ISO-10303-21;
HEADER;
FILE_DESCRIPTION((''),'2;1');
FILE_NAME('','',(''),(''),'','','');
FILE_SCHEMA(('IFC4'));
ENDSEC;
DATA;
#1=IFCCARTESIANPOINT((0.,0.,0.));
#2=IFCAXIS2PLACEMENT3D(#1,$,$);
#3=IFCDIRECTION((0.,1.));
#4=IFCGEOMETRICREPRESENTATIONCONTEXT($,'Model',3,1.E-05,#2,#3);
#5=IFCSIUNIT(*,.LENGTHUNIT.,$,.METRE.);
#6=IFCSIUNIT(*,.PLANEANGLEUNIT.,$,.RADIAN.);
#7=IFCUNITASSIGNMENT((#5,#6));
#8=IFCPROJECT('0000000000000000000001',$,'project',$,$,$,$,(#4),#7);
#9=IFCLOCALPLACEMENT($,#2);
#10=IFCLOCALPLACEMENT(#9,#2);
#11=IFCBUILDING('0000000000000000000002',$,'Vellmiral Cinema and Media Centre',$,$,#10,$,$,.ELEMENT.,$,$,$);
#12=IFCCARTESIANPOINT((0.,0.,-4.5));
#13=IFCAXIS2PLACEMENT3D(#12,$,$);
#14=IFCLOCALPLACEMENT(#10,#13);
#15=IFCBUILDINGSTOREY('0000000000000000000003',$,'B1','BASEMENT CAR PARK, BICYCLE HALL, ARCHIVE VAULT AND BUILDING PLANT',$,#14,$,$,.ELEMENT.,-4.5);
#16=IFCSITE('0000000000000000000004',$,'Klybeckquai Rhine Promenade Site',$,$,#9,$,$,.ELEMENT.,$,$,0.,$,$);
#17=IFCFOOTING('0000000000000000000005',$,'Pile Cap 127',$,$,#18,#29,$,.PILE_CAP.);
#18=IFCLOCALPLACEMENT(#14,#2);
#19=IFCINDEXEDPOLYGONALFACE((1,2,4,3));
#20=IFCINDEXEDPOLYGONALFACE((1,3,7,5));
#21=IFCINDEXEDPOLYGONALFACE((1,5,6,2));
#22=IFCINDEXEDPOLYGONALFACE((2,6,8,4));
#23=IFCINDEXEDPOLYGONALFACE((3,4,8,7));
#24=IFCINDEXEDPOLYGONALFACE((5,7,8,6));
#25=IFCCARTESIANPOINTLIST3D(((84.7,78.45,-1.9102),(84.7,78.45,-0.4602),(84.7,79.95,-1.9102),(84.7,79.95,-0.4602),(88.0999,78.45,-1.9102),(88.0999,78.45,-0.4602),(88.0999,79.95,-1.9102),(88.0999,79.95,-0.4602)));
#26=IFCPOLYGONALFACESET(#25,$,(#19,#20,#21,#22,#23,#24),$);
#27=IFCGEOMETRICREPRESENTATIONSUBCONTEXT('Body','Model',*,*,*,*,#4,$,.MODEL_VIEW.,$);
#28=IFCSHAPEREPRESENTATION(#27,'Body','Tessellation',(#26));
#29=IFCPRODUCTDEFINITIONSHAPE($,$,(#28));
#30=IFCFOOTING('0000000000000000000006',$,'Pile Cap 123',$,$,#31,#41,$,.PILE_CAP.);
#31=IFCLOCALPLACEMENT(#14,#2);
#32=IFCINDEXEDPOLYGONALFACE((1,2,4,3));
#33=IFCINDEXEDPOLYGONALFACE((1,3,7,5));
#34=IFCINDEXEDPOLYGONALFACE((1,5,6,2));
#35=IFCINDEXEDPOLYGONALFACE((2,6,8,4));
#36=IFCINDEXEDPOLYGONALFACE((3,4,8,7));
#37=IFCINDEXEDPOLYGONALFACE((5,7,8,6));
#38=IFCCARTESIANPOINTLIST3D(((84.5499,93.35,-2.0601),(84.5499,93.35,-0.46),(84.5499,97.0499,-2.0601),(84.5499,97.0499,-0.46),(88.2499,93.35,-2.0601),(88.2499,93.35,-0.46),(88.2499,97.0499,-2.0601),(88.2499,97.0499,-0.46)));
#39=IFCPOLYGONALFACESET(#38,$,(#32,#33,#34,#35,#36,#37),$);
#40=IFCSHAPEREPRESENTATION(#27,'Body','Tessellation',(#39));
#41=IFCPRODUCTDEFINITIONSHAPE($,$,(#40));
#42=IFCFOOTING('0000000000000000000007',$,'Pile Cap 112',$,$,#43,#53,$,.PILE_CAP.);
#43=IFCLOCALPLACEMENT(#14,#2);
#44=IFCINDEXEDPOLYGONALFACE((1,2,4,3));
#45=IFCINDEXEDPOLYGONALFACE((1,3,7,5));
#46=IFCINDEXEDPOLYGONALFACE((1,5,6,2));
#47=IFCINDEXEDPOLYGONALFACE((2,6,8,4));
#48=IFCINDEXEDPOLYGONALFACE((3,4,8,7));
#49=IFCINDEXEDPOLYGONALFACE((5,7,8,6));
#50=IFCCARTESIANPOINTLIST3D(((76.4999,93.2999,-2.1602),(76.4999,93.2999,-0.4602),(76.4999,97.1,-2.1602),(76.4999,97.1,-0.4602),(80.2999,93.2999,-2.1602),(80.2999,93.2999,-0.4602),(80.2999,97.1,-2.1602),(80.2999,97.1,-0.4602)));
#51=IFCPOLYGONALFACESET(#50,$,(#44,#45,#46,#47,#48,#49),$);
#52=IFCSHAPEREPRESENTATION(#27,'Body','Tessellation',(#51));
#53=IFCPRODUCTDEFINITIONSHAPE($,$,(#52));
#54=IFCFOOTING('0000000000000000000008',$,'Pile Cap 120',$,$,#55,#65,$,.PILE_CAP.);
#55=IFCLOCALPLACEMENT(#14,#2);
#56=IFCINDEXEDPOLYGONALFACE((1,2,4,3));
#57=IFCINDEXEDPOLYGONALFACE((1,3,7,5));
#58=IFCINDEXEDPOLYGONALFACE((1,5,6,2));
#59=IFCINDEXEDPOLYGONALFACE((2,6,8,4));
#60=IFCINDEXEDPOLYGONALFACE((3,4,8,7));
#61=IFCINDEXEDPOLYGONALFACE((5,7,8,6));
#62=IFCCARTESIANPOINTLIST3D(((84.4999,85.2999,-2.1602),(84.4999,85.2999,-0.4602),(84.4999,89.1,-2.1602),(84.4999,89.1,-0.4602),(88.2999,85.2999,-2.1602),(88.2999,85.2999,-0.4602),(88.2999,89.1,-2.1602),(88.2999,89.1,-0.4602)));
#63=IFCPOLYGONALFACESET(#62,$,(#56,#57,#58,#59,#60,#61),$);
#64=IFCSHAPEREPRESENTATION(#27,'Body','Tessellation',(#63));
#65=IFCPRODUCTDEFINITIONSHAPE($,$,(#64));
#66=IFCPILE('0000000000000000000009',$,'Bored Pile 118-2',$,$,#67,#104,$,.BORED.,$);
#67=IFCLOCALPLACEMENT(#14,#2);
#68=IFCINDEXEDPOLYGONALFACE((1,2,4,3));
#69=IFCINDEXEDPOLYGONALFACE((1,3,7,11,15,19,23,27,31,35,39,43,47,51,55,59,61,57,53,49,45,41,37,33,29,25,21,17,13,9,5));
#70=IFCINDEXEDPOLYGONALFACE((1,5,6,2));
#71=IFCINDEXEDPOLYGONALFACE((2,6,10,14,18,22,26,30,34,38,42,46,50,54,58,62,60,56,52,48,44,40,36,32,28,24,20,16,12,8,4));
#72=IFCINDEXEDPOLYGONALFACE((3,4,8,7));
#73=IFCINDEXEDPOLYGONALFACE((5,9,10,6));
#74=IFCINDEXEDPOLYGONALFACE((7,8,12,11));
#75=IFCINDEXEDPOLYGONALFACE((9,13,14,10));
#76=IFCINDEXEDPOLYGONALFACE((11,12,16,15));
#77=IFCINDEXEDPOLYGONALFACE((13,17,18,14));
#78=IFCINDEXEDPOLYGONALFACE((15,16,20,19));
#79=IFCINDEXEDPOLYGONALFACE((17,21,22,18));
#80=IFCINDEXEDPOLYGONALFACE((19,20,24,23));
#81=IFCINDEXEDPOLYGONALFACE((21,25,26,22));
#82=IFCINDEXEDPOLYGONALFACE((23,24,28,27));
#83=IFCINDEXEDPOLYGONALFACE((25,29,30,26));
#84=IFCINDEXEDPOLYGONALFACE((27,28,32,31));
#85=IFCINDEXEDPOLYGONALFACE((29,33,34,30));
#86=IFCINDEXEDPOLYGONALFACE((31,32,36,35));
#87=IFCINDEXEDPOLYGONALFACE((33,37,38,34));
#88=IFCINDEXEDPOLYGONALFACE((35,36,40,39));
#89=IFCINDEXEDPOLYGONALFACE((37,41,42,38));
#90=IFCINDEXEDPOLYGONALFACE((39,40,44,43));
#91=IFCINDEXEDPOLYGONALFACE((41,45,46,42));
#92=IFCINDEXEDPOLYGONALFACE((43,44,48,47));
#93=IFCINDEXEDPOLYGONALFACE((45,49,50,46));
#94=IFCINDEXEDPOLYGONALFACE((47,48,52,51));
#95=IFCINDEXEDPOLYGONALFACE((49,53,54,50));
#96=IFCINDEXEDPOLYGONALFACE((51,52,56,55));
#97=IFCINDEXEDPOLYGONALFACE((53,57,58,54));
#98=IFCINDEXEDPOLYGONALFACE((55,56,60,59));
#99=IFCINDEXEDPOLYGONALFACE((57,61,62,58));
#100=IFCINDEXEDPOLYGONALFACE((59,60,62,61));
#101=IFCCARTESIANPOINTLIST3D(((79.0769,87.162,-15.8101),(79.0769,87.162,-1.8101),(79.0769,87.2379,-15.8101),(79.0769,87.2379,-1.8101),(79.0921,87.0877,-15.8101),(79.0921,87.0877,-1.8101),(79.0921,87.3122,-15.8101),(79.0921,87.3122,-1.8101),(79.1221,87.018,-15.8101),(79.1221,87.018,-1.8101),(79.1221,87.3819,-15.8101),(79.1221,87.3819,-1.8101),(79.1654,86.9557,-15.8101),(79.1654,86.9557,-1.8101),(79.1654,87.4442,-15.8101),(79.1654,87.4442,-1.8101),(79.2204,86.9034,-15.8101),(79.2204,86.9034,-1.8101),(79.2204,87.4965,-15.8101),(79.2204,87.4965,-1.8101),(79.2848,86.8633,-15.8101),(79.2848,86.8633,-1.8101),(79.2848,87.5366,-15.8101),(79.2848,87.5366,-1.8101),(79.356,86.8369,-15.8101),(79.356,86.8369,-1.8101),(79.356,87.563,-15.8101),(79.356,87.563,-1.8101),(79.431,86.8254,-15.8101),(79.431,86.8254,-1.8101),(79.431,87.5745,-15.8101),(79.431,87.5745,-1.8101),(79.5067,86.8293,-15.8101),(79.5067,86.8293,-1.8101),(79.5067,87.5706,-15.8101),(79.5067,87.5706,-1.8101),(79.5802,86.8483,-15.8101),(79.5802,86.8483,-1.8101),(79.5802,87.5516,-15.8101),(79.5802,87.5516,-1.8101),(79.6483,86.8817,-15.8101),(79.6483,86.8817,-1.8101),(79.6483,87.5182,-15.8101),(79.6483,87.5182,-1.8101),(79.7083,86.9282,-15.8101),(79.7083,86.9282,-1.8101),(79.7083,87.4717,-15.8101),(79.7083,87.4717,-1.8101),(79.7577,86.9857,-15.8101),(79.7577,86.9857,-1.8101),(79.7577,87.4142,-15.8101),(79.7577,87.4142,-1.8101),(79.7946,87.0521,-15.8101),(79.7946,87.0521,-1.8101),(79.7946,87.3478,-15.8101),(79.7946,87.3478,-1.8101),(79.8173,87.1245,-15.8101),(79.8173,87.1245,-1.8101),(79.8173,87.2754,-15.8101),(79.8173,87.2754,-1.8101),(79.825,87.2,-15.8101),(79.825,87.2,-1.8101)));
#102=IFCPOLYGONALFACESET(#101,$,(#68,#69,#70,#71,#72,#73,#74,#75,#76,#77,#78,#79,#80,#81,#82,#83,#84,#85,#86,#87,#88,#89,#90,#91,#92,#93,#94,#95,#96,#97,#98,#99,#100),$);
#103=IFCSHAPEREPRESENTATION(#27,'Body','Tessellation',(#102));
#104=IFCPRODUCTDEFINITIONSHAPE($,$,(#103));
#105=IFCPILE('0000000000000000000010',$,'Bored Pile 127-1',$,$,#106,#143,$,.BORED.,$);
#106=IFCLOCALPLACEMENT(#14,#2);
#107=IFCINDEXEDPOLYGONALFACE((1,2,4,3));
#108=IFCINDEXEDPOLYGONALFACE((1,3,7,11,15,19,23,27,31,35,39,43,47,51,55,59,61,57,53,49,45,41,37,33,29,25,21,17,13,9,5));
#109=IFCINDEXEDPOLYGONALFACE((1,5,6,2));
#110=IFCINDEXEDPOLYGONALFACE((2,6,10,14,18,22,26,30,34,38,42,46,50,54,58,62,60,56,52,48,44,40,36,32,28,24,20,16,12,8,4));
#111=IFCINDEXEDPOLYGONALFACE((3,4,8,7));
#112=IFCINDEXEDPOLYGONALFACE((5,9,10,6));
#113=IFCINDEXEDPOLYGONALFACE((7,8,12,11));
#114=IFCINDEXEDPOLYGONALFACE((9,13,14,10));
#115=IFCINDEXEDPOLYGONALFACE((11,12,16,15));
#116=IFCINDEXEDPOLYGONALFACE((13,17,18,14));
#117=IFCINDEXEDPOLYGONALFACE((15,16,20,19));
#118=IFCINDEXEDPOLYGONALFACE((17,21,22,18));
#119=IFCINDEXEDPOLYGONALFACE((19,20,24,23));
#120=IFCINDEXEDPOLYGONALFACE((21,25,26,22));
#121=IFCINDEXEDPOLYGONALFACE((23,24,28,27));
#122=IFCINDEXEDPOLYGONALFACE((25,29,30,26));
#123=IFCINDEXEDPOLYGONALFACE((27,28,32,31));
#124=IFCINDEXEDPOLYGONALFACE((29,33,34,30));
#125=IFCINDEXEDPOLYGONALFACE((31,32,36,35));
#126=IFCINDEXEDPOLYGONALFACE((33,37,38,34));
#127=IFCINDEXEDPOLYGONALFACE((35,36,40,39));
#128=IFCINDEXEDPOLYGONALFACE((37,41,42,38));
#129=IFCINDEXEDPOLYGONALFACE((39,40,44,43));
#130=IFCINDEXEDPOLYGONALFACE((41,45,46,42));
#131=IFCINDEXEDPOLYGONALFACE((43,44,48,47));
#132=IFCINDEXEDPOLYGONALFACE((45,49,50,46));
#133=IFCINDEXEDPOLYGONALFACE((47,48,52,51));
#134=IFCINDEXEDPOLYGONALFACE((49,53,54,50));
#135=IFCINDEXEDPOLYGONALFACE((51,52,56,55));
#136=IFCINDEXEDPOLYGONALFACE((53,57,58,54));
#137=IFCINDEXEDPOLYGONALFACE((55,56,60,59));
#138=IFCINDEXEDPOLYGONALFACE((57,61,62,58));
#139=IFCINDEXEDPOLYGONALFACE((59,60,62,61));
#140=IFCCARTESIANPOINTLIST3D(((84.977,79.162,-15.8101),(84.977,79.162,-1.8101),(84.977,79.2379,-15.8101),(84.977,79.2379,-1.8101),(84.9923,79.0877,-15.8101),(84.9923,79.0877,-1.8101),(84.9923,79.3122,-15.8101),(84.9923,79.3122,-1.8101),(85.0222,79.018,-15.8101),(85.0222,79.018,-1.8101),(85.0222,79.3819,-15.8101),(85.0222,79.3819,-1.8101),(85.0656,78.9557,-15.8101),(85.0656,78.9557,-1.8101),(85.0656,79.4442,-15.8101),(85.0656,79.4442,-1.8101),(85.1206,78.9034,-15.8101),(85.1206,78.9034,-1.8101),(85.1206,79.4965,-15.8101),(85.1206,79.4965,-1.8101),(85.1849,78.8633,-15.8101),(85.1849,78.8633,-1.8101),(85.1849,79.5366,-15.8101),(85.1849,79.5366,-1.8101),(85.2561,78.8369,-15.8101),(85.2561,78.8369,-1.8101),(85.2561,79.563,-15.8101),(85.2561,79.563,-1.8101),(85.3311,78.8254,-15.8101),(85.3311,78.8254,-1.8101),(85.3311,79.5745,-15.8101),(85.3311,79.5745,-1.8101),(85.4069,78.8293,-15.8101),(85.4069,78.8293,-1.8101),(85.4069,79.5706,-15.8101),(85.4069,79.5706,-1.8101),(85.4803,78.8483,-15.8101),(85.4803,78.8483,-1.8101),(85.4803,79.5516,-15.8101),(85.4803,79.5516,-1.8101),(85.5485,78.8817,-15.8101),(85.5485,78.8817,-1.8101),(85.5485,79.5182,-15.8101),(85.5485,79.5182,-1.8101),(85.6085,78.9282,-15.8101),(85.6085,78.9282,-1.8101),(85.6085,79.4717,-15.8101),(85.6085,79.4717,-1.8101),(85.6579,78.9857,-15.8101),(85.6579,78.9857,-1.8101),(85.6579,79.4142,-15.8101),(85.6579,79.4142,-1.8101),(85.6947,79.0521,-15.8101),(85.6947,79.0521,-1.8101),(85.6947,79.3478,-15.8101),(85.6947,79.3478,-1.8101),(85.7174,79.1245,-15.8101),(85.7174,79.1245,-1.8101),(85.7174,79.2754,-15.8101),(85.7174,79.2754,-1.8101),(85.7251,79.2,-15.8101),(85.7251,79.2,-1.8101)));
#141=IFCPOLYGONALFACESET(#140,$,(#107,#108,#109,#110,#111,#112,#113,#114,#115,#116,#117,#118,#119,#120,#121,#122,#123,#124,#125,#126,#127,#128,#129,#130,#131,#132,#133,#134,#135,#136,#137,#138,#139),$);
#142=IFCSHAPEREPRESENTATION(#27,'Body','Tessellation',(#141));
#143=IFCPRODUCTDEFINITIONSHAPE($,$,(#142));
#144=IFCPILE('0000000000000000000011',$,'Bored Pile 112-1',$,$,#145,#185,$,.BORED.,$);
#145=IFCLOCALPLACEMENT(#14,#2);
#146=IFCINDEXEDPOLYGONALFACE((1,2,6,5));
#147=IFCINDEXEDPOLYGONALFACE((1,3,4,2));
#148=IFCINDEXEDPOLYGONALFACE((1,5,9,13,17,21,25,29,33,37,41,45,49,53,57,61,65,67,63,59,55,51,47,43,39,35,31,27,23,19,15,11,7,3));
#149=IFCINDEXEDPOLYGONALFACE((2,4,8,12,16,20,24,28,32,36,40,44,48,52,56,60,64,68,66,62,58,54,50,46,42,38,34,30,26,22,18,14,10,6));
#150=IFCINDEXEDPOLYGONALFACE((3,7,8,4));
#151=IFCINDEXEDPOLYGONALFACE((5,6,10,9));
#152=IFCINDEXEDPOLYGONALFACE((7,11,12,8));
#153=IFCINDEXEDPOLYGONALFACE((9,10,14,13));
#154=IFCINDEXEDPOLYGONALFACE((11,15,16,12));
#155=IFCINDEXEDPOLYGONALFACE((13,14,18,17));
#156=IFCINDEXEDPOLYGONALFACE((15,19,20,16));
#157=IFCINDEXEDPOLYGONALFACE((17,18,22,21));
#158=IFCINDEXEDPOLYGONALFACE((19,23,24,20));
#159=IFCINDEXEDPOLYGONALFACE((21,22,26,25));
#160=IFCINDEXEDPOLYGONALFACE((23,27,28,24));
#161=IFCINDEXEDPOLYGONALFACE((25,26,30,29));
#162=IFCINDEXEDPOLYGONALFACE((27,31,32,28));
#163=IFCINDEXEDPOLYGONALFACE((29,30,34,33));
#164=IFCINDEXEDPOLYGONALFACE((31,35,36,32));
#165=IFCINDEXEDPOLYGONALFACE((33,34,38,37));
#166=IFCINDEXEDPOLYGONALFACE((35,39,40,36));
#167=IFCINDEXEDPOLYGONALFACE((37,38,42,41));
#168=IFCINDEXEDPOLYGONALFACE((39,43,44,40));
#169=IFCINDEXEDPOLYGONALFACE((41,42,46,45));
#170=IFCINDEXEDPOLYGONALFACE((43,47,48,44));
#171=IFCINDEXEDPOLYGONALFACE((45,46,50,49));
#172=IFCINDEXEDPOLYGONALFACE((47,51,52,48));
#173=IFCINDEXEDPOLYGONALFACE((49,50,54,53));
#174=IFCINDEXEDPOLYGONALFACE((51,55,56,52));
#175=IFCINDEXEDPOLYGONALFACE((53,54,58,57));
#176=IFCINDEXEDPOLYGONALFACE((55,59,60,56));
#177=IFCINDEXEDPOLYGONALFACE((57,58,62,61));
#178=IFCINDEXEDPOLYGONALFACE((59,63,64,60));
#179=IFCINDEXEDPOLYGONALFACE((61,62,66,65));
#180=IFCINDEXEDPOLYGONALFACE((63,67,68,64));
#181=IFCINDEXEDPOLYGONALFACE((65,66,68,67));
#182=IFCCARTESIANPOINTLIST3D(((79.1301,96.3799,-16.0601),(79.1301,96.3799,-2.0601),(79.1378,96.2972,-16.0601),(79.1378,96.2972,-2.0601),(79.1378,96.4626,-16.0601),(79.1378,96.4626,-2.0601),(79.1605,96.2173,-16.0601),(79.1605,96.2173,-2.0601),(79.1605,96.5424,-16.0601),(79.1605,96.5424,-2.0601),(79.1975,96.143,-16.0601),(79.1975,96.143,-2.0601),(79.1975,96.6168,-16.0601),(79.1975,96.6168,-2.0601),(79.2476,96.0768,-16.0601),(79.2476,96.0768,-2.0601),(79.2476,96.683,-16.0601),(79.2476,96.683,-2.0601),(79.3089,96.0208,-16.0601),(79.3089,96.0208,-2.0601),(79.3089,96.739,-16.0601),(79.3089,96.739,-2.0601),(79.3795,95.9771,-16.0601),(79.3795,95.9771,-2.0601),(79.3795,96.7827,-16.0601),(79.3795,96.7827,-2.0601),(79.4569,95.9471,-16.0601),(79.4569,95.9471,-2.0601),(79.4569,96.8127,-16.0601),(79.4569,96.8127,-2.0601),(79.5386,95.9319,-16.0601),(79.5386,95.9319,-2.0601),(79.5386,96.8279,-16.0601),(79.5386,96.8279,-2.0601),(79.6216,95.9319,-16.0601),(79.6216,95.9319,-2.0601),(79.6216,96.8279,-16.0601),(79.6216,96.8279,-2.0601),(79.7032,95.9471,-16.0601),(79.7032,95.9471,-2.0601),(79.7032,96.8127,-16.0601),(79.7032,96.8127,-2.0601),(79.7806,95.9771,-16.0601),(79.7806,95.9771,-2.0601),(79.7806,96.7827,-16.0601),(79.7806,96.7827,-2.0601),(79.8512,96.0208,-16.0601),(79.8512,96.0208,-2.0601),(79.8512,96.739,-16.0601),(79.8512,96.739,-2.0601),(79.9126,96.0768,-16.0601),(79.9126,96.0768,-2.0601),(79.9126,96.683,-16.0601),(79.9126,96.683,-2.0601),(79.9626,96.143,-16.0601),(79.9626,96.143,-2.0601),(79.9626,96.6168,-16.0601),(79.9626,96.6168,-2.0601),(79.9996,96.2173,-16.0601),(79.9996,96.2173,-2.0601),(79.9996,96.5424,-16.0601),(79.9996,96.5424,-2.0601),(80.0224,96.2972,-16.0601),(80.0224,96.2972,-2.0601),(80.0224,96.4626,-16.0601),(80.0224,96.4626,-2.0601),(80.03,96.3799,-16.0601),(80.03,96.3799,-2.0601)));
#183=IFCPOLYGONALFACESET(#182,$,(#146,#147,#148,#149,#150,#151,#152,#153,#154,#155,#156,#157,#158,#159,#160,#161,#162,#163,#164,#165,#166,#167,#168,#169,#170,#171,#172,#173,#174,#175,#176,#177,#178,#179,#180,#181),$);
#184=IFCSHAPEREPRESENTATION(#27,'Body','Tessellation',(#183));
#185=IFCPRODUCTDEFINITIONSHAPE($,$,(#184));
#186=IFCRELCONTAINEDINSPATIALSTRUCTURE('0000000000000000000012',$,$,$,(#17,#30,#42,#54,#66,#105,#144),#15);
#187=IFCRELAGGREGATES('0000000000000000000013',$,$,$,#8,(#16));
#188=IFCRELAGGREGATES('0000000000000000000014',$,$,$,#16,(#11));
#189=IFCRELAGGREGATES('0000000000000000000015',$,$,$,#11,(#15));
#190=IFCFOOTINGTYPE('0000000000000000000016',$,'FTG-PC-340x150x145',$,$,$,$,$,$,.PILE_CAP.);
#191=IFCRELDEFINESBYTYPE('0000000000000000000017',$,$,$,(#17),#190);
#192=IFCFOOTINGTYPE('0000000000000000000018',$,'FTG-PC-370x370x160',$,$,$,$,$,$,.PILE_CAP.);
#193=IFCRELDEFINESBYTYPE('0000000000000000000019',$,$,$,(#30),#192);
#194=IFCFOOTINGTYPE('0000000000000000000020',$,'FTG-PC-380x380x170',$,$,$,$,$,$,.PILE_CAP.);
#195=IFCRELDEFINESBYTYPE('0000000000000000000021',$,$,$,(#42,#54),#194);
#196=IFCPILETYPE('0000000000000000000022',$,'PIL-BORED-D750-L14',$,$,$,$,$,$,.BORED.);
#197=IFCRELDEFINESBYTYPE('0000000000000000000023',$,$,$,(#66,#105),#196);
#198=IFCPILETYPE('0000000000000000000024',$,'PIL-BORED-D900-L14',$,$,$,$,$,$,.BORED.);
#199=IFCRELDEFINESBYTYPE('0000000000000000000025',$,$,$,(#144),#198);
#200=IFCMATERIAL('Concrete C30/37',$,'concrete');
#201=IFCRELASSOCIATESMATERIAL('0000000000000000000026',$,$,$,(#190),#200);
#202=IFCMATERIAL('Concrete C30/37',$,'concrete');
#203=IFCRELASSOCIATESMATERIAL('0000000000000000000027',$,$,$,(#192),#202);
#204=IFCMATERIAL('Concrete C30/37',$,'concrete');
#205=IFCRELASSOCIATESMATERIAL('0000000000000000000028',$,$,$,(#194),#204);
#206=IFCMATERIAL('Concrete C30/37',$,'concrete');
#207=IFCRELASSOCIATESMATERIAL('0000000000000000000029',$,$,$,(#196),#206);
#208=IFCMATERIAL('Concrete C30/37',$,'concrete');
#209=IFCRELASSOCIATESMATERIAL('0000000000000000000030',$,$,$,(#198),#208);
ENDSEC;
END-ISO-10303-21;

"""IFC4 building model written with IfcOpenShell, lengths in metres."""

from ifc_helpers import new_model, si_unit, direction, frame, origin, origin_2d, place, context, subcontext, project, spatial, rectangle, circle, extrude, material, material_profile, profile_set, type_object, element, save


model = new_model("IFC4")

# Units and contexts
model_context = context("Model", 3, precision=1e-05, world=origin(), true_north=direction((0.0, 1.0)))
body_context = subcontext(model_context, "Body", "Model", "MODEL_VIEW")
ifc_project = project(units=[si_unit("LENGTHUNIT", "METRE"), si_unit("PLANEANGLEUNIT", "RADIAN")], contexts=[model_context])

# Site, building, storey
site_placement = place(None, origin())
site = spatial("IfcSite", under=ifc_project, at=site_placement, Name="Klybeckquai Rhine Promenade Site", CompositionType="ELEMENT", RefElevation=0.0)
building_placement = place(site_placement, origin())
building = spatial("IfcBuilding", under=site, at=building_placement, Name="Vellmiral Cinema and Media Centre", CompositionType="ELEMENT")
storey_placement = place(building_placement, frame((0.0, 0.0, -4.5)))
storey = spatial("IfcBuildingStorey", under=building, at=storey_placement, Name="B1", Description="BASEMENT CAR PARK, BICYCLE HALL, ARCHIVE VAULT AND BUILDING PLANT", CompositionType="ELEMENT", Elevation=-4.5)

# Footings
ifc_material_1 = material(Name="Concrete C30/37", Category="concrete")
footing_type_1 = type_object("IfcFootingType", Name="FTG-PC-340x150x145", PredefinedType="PILE_CAP", material=ifc_material_1)
footing_1_placement = place(storey_placement, frame((86.3999, 79.2, -1.9102), z_axis=(0.0, 0.0, 1.0), x_axis=(1.0, 0.0, 0.0)))
element("IfcFooting", 1, at=footing_1_placement, inside=storey, type_object=footing_type_1, Name="Pile Cap 127", PredefinedType="PILE_CAP", context=body_context, shape_type="SweptSolid", body=[
    extrude(rectangle(XDim=3.3999, YDim=1.5, at=origin_2d()), origin(), (0.0, 0.0, 1.0), 1.45),
])
ifc_material_2 = material(Name="Concrete C30/37", Category="concrete")
footing_type_2 = type_object("IfcFootingType", Name="FTG-PC-370x370x160", PredefinedType="PILE_CAP", material=ifc_material_2)
footing_2_placement = place(storey_placement, frame((86.3999, 95.2, -2.0601), z_axis=(0.0, 0.0, 1.0), x_axis=(1.0, 0.0, 0.0)))
element("IfcFooting", 2, at=footing_2_placement, inside=storey, type_object=footing_type_2, Name="Pile Cap 123", PredefinedType="PILE_CAP", context=body_context, shape_type="SweptSolid", body=[
    extrude(rectangle(XDim=3.7, YDim=3.7, at=origin_2d()), origin(), (0.0, 0.0, 1.0), 1.6001),
])
ifc_material_3 = material(Name="Concrete C30/37", Category="concrete")
footing_type_3 = type_object("IfcFootingType", Name="FTG-PC-380x380x170", PredefinedType="PILE_CAP", material=ifc_material_3)
for number, where, z_axis, x_axis, name in (
    (3, (78.3999, 95.2, -2.1602), (0.0, 0.0, 1.0), (1.0, 0.0, 0.0), "Pile Cap 112"),
    (4, (86.3999, 87.2, -2.1602), (0.0, 0.0, 1.0), (1.0, 0.0, 0.0), "Pile Cap 120"),
):
    element("IfcFooting", number, at=place(storey_placement, frame(where, z_axis=z_axis, x_axis=x_axis)), inside=storey, type_object=footing_type_3, Name=name, PredefinedType="PILE_CAP", context=body_context, shape_type="SweptSolid", body=[
        extrude(rectangle(XDim=3.8, YDim=3.8, at=origin_2d()), origin(), (0.0, 0.0, 1.0), 1.7),
    ])

# Piles
ifc_material_4 = material(Name="Concrete C30/37", Category="concrete")
ifc_material_profile_1 = material_profile(ifc_material_4, circle(Radius=0.375, at=origin_2d()), Name="PILE D750")
ifc_profile_set_1 = profile_set([ifc_material_profile_1], Name="Concrete C30/37")
pile_type_1 = type_object("IfcPileType", Name="PIL-BORED-D750-L14", PredefinedType="BORED", material=ifc_profile_set_1)
for number, where, z_axis, x_axis, name in (
    (5, (79.45, 87.2, -1.8101), (0.0, 0.0, -1.0), (1.0, 0.0, 0.0), "Bored Pile 118-2"),
    (6, (85.3501, 79.2, -1.8101), (0.0, 0.0, -1.0), (1.0, 0.0, 0.0), "Bored Pile 127-1"),
):
    element("IfcPile", number, at=place(storey_placement, frame(where, z_axis=z_axis, x_axis=x_axis)), inside=storey, type_object=pile_type_1, Name=name, PredefinedType="BORED", context=body_context, shape_type="SweptSolid", body=[
        extrude(circle(Radius=0.375, at=origin_2d()), origin(), (0.0, 0.0, 1.0), 14.0),
    ])
ifc_material_5 = material(Name="Concrete C30/37", Category="concrete")
ifc_material_profile_2 = material_profile(ifc_material_5, circle(Radius=0.45, at=origin_2d()), Name="PILE D900")
ifc_profile_set_2 = profile_set([ifc_material_profile_2], Name="Concrete C30/37")
pile_type_2 = type_object("IfcPileType", Name="PIL-BORED-D900-L14", PredefinedType="BORED", material=ifc_profile_set_2)
for number, where, z_axis, x_axis, name in (
    (7, (79.5801, 96.3799, -2.0601), (0.0, 0.0, -1.0), (1.0, 0.0, 0.0), "Bored Pile 112-1"),
):
    element("IfcPile", number, at=place(storey_placement, frame(where, z_axis=z_axis, x_axis=x_axis)), inside=storey, type_object=pile_type_2, Name=name, PredefinedType="BORED", context=body_context, shape_type="SweptSolid", body=[
        extrude(circle(Radius=0.45, at=origin_2d()), origin(), (0.0, 0.0, 1.0), 14.0),
    ])

save(model, "model.ifc")
